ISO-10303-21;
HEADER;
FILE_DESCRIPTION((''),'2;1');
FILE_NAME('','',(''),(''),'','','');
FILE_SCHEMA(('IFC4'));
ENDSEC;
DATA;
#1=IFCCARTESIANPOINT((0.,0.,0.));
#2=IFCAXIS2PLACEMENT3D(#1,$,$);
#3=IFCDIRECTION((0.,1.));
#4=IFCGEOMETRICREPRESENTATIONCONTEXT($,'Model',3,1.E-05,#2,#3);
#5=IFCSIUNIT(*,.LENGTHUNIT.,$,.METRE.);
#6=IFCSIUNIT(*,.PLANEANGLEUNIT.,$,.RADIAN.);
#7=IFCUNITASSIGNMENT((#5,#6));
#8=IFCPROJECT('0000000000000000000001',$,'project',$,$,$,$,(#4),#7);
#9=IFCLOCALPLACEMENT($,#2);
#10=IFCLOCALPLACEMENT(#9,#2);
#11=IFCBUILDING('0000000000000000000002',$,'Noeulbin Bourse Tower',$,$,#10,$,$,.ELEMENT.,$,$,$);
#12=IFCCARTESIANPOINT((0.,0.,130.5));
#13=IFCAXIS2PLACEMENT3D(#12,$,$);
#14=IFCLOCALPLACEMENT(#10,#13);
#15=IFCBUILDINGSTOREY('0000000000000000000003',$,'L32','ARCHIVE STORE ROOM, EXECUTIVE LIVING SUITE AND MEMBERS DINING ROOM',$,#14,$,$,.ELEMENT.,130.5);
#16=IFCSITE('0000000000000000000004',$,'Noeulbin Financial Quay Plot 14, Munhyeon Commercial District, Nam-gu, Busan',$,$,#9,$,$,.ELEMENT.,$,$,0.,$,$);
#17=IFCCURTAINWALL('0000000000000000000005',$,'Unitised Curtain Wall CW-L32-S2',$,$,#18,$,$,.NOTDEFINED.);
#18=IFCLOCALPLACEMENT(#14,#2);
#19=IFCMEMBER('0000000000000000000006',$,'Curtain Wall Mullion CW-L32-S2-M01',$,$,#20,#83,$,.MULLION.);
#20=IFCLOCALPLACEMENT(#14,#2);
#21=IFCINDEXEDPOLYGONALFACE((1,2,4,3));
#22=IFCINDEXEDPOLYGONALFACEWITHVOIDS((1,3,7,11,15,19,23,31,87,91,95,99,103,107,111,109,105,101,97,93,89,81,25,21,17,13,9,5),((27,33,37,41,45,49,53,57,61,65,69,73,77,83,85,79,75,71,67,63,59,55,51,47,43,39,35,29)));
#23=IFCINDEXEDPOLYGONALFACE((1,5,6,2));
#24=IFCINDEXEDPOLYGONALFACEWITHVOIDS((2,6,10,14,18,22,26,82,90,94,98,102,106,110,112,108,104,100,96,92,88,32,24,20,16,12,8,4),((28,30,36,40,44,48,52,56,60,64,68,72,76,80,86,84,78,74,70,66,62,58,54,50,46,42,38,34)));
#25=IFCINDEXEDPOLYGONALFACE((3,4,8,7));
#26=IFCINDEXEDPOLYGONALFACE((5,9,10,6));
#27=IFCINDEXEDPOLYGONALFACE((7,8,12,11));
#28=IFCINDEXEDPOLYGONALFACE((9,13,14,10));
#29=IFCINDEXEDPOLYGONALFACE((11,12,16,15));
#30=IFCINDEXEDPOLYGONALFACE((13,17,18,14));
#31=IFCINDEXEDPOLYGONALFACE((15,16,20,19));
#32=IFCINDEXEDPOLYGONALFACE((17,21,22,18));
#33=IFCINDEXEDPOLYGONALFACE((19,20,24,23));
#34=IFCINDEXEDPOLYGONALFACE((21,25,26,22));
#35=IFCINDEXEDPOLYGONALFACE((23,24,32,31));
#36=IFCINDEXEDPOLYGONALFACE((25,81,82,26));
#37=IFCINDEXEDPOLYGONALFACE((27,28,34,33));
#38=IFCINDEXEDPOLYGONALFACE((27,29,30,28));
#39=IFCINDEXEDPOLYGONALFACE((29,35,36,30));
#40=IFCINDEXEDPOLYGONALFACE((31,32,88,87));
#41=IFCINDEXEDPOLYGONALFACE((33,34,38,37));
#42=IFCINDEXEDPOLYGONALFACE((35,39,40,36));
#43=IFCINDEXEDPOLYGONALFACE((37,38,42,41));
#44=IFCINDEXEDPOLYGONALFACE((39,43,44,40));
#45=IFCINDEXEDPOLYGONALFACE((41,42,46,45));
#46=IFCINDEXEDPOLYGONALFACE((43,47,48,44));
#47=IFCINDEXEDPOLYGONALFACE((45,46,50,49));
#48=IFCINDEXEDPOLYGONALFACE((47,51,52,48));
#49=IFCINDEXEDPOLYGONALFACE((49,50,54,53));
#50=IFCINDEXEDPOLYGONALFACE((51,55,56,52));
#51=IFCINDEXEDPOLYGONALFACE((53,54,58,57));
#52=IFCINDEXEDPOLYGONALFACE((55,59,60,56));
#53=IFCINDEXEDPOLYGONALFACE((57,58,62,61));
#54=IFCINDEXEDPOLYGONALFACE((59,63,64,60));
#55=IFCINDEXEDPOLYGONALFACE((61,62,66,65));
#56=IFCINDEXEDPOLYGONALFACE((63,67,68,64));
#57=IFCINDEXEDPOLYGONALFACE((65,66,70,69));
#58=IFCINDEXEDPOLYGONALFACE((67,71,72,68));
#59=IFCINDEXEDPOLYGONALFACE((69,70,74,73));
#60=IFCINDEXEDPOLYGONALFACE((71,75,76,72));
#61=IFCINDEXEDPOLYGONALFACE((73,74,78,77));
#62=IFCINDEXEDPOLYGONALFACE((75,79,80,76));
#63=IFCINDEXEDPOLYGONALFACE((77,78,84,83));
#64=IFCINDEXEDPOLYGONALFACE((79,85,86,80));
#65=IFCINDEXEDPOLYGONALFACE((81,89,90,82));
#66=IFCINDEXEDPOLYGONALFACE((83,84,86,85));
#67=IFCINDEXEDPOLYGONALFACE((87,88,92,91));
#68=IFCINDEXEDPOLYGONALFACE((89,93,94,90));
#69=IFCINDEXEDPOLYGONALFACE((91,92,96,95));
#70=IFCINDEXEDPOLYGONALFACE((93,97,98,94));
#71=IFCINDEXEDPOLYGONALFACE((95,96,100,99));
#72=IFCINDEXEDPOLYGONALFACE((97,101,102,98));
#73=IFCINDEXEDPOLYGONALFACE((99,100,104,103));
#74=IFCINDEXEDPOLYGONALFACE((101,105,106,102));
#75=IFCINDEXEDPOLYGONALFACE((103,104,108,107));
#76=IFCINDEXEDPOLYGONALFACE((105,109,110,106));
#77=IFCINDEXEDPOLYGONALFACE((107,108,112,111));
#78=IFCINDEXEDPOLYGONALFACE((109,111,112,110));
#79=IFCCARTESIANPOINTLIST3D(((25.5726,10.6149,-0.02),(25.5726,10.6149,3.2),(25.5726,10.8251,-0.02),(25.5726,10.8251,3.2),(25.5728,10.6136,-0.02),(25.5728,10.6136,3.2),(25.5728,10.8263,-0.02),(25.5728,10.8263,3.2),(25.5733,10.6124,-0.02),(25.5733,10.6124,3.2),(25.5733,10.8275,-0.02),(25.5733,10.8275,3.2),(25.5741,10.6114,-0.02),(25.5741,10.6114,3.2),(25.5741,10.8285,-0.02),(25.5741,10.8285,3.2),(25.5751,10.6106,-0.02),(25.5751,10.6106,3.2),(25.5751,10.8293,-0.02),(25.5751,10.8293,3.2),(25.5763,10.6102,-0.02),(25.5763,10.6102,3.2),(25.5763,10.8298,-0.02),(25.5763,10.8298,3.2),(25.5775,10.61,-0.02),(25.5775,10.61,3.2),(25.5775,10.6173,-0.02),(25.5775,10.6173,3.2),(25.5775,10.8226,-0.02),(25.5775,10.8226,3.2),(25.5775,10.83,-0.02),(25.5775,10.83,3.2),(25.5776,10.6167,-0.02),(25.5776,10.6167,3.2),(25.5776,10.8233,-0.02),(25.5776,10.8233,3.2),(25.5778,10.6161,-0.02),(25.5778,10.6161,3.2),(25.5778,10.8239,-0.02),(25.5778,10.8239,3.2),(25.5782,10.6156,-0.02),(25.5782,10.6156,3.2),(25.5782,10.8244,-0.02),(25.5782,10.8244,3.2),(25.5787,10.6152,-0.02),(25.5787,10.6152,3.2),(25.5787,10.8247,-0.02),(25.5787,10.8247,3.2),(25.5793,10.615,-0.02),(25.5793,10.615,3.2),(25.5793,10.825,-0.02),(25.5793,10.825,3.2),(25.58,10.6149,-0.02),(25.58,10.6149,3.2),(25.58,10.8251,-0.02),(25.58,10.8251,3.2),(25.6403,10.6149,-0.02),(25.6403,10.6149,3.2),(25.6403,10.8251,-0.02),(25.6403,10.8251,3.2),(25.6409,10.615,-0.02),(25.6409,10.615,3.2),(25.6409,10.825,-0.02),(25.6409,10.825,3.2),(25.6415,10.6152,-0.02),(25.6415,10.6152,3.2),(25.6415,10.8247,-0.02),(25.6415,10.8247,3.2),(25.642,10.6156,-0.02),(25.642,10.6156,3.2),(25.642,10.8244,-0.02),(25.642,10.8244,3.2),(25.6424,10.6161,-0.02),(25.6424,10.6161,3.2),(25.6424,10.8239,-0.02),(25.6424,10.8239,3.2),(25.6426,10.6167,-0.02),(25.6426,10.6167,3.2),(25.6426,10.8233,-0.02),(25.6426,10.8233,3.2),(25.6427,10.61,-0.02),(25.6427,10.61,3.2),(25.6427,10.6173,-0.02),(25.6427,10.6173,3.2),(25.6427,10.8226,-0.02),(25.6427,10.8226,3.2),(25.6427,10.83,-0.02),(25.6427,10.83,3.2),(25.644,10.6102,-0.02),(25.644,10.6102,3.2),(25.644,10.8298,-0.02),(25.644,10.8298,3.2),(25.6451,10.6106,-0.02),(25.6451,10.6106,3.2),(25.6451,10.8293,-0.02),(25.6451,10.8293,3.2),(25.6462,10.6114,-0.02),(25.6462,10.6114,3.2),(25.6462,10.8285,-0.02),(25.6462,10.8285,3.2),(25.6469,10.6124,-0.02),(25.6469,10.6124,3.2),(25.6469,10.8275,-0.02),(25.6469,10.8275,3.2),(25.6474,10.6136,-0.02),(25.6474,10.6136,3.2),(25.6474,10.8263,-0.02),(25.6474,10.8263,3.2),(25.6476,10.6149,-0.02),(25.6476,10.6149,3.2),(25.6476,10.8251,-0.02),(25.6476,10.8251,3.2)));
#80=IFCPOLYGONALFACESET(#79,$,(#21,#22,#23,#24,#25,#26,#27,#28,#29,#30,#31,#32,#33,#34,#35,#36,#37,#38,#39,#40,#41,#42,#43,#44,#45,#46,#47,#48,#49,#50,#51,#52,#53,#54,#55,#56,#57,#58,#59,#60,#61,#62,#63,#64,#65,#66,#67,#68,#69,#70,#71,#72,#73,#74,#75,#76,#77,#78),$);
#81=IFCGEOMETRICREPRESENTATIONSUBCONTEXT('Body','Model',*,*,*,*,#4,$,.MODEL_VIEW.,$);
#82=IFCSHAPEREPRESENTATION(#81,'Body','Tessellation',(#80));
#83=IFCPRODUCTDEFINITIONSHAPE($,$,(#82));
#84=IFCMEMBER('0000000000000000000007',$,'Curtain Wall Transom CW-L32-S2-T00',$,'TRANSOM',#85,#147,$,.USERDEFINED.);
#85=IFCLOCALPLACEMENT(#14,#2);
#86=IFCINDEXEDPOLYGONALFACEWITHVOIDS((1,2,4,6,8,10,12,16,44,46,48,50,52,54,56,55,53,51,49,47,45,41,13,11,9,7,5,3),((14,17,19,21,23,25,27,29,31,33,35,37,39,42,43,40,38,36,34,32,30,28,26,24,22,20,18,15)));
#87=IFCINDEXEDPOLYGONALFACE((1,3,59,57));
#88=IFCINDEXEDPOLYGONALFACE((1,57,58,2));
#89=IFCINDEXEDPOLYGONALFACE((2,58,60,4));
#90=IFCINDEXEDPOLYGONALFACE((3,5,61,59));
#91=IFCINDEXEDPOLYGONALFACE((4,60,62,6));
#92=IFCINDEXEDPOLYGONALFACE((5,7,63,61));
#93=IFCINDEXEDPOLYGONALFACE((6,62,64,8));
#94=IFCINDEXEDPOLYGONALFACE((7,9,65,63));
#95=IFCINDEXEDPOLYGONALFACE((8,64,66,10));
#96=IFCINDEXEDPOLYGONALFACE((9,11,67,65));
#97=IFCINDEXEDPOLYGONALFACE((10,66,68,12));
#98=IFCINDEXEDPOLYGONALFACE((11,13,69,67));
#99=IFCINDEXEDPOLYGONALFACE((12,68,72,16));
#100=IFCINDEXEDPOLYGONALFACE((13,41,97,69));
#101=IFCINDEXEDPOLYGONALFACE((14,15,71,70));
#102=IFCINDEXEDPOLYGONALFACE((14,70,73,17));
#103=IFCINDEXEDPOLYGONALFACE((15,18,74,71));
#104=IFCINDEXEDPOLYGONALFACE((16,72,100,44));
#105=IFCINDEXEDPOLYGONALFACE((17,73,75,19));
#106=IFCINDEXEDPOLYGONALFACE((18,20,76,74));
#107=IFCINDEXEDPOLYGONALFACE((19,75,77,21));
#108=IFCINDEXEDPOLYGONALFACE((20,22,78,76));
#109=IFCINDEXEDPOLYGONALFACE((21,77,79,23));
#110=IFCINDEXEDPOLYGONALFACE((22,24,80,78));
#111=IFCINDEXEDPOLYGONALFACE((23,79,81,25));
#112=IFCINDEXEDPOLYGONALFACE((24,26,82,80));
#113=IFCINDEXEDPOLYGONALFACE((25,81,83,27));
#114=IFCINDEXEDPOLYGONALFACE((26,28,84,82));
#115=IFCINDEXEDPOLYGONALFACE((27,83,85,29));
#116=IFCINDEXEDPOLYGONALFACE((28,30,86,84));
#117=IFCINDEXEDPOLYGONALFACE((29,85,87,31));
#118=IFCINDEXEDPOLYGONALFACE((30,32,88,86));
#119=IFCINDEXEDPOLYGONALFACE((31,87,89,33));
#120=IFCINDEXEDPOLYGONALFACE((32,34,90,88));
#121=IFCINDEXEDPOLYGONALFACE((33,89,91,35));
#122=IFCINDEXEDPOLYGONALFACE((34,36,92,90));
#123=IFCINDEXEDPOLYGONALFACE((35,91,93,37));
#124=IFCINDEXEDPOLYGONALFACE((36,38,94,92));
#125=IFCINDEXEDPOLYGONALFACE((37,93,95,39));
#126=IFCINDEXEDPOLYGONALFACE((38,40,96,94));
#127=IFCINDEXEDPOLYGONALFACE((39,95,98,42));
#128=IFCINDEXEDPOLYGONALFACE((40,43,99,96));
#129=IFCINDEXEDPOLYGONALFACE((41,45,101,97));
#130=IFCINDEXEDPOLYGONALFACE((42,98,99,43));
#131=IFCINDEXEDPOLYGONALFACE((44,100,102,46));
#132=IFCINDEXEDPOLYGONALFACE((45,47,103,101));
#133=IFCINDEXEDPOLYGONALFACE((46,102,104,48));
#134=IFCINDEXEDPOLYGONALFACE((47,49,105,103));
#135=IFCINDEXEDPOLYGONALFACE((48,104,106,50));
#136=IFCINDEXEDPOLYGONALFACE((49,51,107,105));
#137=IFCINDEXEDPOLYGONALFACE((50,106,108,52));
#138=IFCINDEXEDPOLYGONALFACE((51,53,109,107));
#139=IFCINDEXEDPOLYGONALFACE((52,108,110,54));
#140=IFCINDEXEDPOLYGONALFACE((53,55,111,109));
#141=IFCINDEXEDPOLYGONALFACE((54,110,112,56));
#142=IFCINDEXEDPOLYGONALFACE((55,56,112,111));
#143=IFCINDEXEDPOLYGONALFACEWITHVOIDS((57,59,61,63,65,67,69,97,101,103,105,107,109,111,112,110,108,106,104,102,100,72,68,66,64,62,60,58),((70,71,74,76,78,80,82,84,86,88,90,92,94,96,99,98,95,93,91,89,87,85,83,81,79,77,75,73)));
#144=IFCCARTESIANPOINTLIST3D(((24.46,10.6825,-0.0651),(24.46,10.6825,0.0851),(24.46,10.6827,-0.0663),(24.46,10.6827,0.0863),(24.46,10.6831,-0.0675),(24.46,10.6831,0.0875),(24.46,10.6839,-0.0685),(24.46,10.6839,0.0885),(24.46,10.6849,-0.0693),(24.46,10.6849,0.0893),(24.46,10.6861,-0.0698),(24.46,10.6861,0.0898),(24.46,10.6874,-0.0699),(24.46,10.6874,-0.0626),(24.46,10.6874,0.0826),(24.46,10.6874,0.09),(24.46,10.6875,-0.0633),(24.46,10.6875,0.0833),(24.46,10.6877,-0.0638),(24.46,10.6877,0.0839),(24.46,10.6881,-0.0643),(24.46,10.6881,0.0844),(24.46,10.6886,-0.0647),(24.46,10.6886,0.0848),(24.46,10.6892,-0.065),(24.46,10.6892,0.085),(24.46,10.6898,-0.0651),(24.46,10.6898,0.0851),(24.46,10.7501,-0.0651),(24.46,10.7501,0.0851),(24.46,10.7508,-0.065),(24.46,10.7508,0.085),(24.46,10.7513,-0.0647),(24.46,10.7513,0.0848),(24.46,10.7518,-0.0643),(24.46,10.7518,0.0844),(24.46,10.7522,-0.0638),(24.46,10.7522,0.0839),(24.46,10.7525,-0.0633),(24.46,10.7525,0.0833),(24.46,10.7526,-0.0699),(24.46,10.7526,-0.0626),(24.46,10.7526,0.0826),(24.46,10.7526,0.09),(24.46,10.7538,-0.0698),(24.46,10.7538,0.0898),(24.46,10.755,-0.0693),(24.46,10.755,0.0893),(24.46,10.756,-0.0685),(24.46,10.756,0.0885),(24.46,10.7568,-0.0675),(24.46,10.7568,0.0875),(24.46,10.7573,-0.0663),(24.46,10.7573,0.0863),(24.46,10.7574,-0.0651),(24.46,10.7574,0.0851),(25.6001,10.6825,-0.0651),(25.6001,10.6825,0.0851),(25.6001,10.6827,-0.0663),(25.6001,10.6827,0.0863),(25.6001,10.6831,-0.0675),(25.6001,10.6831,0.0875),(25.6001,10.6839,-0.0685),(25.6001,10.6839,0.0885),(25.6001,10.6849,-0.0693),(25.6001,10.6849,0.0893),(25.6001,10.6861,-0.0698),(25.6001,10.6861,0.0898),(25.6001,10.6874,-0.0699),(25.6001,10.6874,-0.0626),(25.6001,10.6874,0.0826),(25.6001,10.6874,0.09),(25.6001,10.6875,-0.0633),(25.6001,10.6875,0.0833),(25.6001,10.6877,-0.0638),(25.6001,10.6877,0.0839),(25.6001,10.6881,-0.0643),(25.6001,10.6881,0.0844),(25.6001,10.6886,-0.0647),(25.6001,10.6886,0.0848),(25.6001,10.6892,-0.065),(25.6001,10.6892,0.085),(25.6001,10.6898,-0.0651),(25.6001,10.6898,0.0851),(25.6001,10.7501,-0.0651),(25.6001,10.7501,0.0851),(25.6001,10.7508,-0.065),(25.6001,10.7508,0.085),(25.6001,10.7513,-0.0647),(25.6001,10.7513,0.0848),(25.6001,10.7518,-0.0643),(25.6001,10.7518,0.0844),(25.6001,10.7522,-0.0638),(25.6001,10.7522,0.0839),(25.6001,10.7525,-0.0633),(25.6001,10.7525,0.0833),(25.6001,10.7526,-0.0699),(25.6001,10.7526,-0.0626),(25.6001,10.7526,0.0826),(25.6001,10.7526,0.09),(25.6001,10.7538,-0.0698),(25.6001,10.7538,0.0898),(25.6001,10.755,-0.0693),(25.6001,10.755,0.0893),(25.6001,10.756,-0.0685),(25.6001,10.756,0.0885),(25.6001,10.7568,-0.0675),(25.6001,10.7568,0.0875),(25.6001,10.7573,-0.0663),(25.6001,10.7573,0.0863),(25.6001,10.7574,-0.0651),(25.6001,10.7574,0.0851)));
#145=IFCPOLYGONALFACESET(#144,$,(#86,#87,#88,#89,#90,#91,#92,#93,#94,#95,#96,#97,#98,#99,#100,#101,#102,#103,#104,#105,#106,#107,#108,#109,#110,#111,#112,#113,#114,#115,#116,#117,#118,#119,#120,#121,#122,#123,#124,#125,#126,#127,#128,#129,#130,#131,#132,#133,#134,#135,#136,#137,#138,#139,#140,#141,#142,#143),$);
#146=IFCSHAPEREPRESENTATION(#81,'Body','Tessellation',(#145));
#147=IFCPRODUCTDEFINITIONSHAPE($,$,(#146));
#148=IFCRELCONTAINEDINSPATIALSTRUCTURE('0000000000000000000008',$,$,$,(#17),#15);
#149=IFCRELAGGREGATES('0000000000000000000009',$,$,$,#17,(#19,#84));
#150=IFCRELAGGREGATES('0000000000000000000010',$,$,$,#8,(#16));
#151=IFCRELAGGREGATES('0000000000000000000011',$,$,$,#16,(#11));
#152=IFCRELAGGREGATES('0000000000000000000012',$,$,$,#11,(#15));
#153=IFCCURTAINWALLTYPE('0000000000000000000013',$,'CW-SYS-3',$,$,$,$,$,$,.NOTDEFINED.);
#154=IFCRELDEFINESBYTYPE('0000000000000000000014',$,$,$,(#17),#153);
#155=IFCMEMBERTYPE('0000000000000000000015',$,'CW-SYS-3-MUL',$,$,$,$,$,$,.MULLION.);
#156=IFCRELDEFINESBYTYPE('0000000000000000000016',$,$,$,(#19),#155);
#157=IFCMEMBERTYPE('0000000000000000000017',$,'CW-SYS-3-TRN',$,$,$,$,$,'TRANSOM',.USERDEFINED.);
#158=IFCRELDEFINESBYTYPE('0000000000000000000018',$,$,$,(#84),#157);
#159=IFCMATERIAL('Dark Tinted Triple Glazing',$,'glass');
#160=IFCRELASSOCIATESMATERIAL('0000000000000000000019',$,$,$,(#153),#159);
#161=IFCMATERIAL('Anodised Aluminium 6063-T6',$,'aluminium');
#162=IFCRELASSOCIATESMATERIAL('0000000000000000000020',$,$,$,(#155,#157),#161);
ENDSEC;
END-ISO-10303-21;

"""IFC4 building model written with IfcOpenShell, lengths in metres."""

from ifc_helpers import new_model, si_unit, direction, frame, origin, origin_2d, place, context, subcontext, project, spatial, hollow_rectangle, extrude, material, material_profile, profile_set, type_object, element, aggregate, save


model = new_model("IFC4")

# Units and contexts
model_context = context("Model", 3, precision=1e-05, world=origin(), true_north=direction((0.0, 1.0)))
body_context = subcontext(model_context, "Body", "Model", "MODEL_VIEW")
ifc_project = project(units=[si_unit("LENGTHUNIT", "METRE"), si_unit("PLANEANGLEUNIT", "RADIAN")], contexts=[model_context])

# Site, building, storey
site_placement = place(None, origin())
site = spatial("IfcSite", under=ifc_project, at=site_placement, Name="Noeulbin Financial Quay Plot 14, Munhyeon Commercial District, Nam-gu, Busan", CompositionType="ELEMENT", RefElevation=0.0)
building_placement = place(site_placement, origin())
building = spatial("IfcBuilding", under=site, at=building_placement, Name="Noeulbin Bourse Tower", CompositionType="ELEMENT")
storey_placement = place(building_placement, frame((0.0, 0.0, 130.5)))
storey = spatial("IfcBuildingStorey", under=building, at=storey_placement, Name="L32", Description="ARCHIVE STORE ROOM, EXECUTIVE LIVING SUITE AND MEMBERS DINING ROOM", CompositionType="ELEMENT", Elevation=130.5)

# Shared definitions
ifc_material_1 = material(Name="Dark Tinted Triple Glazing", Category="glass")
curtain_wall_type = type_object("IfcCurtainWallType", Name="CW-SYS-3", PredefinedType="NOTDEFINED", material=ifc_material_1)
ifc_material_2 = material(Name="Anodised Aluminium 6063-T6", Category="aluminium")
ifc_material_profile_1 = material_profile(ifc_material_2, hollow_rectangle(XDim=0.075, YDim=0.22, WallThickness=0.0049, InnerFilletRadius=0.0024, OuterFilletRadius=0.0049, at=origin_2d()), Name="ALU-MULL-75x220x5", Category="LoadBearing")
ifc_profile_set_1 = profile_set([ifc_material_profile_1], Name="Anodised Aluminium 6063-T6")
member_type_1 = type_object("IfcMemberType", Name="CW-SYS-3-MUL", PredefinedType="MULLION", material=ifc_profile_set_1)

# Curtain wall, members
curtain_wall_1_placement = place(storey_placement, origin())
curtain_wall_1 = element("IfcCurtainWall", 1, at=curtain_wall_1_placement, inside=storey, type_object=curtain_wall_type, Name="Unitised Curtain Wall CW-L32-S2", PredefinedType="NOTDEFINED")
member_1_placement = place(storey_placement, frame((25.6101, 10.72, -0.02), z_axis=(0.0, 0.0, 1.0), x_axis=(1.0, 0.0, 0.0)))
member_1 = element("IfcMember", 2, at=member_1_placement, type_object=member_type_1, Name="Curtain Wall Mullion CW-L32-S2-M01", PredefinedType="MULLION", context=body_context, shape_type="SweptSolid", body=[
    extrude(hollow_rectangle(XDim=0.075, YDim=0.22, WallThickness=0.0049, InnerFilletRadius=0.0024, OuterFilletRadius=0.0049, at=origin_2d()), origin(), (0.0, 0.0, 1.0), 3.22),
])
ifc_material_profile_2 = material_profile(ifc_material_2, hollow_rectangle(XDim=0.075, YDim=0.1599, WallThickness=0.0049, InnerFilletRadius=0.0024, OuterFilletRadius=0.0049, at=origin_2d()), Name="ALU-TRAN-75x160x5", Category="LoadBearing")
ifc_profile_set_2 = profile_set([ifc_material_profile_2], Name="Anodised Aluminium 6063-T6")
member_type_2 = type_object("IfcMemberType", Name="CW-SYS-3-TRN", ElementType="TRANSOM", PredefinedType="USERDEFINED", material=ifc_profile_set_2)
member_2_placement = place(storey_placement, frame((24.46, 10.72, 0.01), z_axis=(1.0, 0.0, 0.0), x_axis=(0.0, 1.0, 0.0)))
member_2 = element("IfcMember", 3, at=member_2_placement, type_object=member_type_2, Name="Curtain Wall Transom CW-L32-S2-T00", ObjectType="TRANSOM", PredefinedType="USERDEFINED", context=body_context, shape_type="SweptSolid", body=[
    extrude(hollow_rectangle(XDim=0.075, YDim=0.1599, WallThickness=0.0049, InnerFilletRadius=0.0024, OuterFilletRadius=0.0049, at=origin_2d()), origin(), (0.0, 0.0, 1.0), 1.1401),
])

aggregate(curtain_wall_1, [member_1, member_2])

save(model, "model.ifc")
